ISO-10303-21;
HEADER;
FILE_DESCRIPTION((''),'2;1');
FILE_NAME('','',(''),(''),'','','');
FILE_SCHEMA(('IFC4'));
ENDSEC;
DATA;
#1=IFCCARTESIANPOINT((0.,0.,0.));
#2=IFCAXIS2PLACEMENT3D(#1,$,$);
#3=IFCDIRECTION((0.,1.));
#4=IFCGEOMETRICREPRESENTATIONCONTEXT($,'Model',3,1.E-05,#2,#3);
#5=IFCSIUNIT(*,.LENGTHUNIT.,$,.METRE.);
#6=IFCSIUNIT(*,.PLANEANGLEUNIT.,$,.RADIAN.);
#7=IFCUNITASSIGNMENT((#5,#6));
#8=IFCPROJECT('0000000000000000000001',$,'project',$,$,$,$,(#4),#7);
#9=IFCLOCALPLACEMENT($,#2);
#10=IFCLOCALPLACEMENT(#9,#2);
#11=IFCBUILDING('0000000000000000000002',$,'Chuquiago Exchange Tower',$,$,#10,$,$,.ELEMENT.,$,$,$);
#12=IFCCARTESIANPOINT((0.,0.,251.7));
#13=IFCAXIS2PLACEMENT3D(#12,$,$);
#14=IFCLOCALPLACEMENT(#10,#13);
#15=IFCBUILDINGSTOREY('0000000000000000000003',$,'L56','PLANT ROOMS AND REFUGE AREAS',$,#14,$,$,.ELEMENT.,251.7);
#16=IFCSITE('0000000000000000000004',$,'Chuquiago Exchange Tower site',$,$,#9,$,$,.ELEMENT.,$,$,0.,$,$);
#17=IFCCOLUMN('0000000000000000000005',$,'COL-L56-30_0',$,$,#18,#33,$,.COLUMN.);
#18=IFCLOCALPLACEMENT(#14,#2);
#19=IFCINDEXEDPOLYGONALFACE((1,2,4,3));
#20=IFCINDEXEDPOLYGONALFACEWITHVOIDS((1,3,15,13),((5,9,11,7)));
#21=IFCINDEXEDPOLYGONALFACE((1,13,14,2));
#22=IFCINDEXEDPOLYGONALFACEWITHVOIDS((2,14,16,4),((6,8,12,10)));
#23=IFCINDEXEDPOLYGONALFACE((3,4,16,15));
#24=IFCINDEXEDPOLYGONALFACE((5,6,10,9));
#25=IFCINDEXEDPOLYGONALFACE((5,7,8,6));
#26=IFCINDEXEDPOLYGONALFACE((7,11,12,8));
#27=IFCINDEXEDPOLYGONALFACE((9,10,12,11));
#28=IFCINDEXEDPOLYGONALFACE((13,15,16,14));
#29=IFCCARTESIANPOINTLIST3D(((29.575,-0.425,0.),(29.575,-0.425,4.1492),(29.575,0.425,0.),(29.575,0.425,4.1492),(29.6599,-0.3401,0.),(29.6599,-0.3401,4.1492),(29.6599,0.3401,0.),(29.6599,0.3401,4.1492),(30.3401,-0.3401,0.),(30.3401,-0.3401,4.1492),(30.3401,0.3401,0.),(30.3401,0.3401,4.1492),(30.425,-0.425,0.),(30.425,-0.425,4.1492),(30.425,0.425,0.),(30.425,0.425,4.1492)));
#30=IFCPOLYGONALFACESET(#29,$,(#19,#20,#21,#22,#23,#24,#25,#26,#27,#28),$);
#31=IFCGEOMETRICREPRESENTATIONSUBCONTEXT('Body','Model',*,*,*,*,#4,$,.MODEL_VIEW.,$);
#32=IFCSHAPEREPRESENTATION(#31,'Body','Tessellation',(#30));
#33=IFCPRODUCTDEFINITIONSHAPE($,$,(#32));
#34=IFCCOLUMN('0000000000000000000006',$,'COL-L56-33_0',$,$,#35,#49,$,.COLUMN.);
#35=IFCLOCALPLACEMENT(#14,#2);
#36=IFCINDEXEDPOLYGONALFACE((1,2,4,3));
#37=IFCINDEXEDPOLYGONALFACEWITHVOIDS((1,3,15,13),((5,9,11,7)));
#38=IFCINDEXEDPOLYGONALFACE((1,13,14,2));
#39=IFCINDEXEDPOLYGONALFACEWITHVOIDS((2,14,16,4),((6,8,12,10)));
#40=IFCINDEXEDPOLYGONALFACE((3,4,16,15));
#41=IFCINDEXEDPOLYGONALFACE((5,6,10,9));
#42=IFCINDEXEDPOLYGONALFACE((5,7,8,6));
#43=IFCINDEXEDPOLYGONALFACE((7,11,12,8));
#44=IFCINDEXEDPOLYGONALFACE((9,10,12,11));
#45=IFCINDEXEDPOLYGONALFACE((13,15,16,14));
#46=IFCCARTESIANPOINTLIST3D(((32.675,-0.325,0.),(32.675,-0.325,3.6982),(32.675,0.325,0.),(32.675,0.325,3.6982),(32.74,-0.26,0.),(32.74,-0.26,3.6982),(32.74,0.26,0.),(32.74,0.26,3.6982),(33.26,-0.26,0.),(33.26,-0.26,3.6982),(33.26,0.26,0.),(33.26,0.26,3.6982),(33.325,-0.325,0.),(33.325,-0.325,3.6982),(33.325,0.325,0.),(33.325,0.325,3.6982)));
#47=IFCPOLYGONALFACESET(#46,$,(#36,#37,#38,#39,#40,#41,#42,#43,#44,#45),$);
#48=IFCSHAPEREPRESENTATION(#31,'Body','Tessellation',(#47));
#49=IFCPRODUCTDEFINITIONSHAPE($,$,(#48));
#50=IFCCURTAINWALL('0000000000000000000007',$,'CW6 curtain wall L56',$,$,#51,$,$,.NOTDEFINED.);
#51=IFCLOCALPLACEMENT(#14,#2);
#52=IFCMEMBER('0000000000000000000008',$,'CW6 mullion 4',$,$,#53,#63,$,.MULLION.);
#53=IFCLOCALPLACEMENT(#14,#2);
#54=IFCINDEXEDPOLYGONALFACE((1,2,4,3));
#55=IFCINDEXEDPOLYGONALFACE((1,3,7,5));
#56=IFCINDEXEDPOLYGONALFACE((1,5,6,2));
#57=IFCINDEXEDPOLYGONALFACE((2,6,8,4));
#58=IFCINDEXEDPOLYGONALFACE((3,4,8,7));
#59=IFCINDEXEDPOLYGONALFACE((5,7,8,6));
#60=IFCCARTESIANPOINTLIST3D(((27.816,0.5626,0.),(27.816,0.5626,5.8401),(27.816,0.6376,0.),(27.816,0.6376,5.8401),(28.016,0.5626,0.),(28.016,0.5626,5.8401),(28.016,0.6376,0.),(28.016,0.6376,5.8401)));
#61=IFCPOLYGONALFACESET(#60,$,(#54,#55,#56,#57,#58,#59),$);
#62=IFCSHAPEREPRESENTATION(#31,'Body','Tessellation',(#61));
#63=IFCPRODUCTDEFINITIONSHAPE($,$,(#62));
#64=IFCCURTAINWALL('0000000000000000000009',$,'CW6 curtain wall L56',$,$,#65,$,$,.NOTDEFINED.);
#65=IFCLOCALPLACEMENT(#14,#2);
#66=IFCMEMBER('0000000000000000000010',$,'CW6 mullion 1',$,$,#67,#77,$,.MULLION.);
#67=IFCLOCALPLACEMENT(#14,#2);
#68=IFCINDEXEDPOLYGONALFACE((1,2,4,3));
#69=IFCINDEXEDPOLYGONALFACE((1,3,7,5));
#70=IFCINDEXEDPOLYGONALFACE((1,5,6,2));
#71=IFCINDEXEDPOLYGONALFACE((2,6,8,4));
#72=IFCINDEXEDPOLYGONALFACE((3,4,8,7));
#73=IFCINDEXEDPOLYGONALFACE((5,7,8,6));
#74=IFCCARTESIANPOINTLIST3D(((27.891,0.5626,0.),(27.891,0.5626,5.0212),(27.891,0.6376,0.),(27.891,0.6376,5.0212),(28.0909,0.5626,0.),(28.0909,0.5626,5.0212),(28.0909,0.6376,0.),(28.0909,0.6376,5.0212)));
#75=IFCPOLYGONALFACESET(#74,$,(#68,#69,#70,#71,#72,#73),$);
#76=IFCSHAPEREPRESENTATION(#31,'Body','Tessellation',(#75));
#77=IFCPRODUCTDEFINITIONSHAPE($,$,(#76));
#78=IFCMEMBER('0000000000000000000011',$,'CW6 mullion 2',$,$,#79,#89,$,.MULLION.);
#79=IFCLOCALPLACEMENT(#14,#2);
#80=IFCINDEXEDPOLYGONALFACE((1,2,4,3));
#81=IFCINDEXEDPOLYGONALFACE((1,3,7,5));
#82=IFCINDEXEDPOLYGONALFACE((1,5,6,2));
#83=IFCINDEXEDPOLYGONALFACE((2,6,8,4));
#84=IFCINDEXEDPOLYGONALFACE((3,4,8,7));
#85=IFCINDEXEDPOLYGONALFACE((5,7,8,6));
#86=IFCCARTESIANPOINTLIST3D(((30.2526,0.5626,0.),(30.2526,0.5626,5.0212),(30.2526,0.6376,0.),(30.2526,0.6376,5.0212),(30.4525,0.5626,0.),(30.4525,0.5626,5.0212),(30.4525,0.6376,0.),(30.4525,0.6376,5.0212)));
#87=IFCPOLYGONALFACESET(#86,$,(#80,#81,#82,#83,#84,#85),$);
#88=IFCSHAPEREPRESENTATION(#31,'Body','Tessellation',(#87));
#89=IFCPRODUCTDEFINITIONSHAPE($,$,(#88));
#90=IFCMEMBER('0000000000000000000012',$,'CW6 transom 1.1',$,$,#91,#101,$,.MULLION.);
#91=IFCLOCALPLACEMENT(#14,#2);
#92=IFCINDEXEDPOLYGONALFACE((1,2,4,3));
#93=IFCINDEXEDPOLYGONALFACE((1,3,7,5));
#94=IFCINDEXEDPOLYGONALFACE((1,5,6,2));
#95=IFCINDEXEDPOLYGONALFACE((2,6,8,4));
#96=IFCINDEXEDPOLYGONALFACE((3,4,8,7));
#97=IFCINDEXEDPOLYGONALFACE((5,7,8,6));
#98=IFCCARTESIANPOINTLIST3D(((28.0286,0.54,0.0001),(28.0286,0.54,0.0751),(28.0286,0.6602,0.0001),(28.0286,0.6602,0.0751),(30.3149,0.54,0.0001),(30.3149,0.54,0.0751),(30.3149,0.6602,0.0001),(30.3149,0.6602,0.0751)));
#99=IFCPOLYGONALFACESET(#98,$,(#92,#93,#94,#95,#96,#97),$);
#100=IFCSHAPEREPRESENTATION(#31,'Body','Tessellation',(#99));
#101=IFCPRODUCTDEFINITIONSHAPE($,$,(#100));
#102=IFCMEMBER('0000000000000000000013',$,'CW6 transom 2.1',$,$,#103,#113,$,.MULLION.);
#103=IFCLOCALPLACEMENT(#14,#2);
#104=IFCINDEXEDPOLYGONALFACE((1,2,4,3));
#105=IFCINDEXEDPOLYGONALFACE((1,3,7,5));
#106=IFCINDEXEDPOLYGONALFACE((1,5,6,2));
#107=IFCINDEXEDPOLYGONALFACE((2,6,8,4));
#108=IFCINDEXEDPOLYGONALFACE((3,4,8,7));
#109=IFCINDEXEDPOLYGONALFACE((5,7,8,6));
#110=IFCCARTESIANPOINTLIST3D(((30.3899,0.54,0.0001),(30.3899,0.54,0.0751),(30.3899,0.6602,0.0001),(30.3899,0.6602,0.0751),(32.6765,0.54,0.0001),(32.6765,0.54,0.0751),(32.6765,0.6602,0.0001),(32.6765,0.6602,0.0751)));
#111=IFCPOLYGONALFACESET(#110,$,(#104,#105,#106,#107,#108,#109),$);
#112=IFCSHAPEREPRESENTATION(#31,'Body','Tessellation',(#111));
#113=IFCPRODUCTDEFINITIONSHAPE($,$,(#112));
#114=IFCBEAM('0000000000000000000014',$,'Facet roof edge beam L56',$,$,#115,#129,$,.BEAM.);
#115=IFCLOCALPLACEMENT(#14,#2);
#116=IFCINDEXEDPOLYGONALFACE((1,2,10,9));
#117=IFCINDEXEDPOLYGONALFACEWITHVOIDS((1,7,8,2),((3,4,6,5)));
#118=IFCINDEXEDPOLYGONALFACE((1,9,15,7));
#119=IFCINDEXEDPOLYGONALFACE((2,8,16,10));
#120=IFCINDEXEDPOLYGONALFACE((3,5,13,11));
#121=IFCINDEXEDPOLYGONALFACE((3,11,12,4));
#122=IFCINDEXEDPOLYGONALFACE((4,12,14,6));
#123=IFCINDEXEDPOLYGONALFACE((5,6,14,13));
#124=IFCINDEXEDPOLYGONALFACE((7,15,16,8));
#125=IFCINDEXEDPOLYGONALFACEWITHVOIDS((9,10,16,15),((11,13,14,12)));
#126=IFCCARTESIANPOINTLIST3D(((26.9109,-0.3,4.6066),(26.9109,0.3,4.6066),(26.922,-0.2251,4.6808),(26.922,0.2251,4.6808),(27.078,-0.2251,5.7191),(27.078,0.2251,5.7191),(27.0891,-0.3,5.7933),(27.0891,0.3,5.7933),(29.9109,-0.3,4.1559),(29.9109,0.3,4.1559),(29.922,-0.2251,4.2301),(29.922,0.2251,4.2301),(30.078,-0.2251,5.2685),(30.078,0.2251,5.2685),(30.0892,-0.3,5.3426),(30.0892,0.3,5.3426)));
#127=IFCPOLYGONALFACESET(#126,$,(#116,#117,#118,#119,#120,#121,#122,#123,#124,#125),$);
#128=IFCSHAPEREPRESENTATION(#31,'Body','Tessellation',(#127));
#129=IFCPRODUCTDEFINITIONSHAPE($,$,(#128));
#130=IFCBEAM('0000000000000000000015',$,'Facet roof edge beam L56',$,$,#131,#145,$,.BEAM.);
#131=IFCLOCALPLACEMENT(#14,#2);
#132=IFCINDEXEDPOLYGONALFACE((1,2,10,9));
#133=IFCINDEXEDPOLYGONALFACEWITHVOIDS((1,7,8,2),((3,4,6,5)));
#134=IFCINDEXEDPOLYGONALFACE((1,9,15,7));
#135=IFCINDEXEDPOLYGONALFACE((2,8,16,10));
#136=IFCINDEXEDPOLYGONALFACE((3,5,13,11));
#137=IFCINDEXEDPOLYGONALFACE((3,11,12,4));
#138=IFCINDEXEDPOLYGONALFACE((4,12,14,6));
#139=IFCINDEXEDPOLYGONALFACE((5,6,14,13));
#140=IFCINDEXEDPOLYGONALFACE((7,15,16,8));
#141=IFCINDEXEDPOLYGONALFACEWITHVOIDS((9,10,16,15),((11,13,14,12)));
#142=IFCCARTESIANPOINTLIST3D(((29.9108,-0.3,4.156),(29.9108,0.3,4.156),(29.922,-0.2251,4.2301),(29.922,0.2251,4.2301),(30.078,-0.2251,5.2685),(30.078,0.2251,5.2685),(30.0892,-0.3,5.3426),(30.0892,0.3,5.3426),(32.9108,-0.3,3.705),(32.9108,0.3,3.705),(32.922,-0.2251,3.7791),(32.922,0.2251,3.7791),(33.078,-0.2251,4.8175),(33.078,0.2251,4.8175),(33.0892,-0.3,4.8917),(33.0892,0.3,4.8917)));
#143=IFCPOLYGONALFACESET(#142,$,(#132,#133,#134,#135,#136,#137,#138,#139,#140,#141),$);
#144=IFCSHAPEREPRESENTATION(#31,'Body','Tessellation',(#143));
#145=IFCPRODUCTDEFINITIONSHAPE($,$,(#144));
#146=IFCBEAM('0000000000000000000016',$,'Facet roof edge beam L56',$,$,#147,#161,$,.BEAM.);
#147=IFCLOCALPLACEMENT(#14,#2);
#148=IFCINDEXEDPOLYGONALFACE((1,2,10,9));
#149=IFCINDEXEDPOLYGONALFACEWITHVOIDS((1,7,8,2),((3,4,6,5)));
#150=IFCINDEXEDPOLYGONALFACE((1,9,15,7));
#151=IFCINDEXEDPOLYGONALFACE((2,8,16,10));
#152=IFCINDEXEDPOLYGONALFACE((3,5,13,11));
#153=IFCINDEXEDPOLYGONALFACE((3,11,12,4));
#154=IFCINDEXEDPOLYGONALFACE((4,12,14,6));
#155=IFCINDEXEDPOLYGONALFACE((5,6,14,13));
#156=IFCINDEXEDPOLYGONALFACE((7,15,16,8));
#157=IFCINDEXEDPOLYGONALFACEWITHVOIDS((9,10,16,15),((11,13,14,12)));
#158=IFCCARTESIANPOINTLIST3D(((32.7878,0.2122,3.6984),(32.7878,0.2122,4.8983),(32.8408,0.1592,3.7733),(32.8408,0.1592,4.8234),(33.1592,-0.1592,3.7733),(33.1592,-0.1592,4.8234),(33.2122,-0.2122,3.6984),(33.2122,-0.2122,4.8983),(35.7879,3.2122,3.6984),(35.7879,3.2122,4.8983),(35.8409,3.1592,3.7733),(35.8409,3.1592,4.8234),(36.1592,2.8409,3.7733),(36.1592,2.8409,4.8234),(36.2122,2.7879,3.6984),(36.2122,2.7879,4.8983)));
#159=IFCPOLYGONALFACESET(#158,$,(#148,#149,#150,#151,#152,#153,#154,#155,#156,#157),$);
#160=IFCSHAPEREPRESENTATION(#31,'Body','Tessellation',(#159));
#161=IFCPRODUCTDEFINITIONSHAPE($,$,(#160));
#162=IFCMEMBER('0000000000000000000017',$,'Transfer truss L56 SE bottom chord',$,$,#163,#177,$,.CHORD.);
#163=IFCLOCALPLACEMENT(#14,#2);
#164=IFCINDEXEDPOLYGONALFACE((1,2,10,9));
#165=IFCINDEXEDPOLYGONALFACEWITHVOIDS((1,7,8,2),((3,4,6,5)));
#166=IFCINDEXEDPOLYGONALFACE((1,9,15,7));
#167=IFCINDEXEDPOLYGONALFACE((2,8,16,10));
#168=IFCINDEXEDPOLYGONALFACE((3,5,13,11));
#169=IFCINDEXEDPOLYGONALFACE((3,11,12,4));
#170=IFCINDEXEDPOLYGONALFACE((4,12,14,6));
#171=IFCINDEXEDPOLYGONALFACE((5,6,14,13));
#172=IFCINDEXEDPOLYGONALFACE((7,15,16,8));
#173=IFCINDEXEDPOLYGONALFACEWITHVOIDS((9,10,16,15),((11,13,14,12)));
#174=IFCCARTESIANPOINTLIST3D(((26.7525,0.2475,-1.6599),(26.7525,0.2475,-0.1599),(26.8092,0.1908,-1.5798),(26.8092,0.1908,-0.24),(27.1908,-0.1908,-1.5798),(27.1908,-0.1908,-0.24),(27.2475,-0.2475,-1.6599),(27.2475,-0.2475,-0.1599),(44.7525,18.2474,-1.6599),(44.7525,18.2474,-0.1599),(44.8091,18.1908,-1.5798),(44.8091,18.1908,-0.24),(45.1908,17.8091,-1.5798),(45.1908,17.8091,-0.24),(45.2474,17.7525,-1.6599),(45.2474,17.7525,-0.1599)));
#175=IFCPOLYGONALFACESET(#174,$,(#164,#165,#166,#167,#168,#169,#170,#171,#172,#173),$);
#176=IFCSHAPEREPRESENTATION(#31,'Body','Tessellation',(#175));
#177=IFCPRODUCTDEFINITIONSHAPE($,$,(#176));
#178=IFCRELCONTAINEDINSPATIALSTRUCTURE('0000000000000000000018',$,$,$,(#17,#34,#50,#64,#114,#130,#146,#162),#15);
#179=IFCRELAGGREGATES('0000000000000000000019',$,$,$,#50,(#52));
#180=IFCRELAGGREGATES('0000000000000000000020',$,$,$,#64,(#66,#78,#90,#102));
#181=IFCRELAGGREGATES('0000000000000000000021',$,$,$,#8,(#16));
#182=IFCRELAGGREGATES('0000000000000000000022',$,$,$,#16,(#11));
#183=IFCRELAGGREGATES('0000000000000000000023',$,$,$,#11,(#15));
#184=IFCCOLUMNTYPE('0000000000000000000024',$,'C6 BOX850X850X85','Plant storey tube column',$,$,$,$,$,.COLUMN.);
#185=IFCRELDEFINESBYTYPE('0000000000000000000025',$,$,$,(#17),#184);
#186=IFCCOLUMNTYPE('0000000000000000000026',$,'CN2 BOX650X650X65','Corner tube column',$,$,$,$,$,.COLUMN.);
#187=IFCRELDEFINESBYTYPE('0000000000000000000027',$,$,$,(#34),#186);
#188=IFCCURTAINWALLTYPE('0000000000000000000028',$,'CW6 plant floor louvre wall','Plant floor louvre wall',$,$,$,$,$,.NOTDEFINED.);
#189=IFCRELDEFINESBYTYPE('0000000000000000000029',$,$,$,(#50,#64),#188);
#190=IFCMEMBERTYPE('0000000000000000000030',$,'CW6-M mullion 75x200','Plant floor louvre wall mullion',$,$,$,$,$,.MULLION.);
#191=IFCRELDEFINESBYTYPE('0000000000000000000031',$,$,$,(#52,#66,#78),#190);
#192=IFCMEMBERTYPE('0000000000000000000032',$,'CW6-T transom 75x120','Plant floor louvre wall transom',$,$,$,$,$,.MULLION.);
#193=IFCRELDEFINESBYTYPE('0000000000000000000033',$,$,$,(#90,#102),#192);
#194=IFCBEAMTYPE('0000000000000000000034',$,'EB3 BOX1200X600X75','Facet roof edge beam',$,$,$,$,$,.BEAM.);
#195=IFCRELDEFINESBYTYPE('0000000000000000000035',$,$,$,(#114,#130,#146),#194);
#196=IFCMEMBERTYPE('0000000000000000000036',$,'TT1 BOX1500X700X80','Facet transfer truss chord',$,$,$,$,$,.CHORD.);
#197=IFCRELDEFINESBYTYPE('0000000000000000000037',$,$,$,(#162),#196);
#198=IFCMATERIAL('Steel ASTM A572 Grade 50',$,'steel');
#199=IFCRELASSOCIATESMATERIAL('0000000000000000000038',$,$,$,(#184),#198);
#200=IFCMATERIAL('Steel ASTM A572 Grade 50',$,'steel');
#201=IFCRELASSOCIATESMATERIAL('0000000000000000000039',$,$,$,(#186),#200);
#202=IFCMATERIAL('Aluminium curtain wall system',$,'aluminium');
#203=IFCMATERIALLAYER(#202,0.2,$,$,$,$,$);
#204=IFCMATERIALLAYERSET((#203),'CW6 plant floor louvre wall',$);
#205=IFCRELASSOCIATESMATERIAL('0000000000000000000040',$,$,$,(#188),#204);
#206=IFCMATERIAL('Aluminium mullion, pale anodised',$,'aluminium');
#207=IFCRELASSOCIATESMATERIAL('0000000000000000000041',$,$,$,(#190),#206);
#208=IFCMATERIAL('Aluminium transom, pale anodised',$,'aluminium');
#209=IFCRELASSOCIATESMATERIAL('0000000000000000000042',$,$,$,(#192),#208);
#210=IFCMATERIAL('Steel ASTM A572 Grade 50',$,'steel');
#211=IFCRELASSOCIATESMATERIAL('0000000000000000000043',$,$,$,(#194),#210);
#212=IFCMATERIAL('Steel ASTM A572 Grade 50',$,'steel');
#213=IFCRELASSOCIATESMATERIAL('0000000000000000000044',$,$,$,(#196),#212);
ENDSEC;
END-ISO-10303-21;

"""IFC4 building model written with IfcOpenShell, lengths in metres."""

from ifc_helpers import new_model, si_unit, direction, frame, origin, origin_2d, place, context, subcontext, project, spatial, rectangle, hollow_rectangle, extrude, material, layer, layer_set, material_profile, profile_set, type_object, element, aggregate, save


model = new_model("IFC4")

# Units and contexts
model_context = context("Model", 3, precision=1e-05, world=origin(), true_north=direction((0.0, 1.0)))
body_context = subcontext(model_context, "Body", "Model", "MODEL_VIEW")
ifc_project = project(units=[si_unit("LENGTHUNIT", "METRE"), si_unit("PLANEANGLEUNIT", "RADIAN")], contexts=[model_context])

# Site, building, storey
site_placement = place(None, origin())
site = spatial("IfcSite", under=ifc_project, at=site_placement, Name="Chuquiago Exchange Tower site", CompositionType="ELEMENT", RefElevation=0.0)
building_placement = place(site_placement, origin())
building = spatial("IfcBuilding", under=site, at=building_placement, Name="Chuquiago Exchange Tower", CompositionType="ELEMENT")
storey_placement = place(building_placement, frame((0.0, 0.0, 251.7)))
storey = spatial("IfcBuildingStorey", under=building, at=storey_placement, Name="L56", Description="PLANT ROOMS AND REFUGE AREAS", CompositionType="ELEMENT", Elevation=251.7)

# Columns
ifc_material_1 = material(Name="Steel ASTM A572 Grade 50", Category="steel")
ifc_material_profile_1 = material_profile(ifc_material_1, hollow_rectangle(XDim=0.8501, YDim=0.8501, WallThickness=0.085, at=origin_2d()), Name="BOX850X850X85")
ifc_profile_set_1 = profile_set([ifc_material_profile_1], Name="Steel ASTM A572 Grade 50")
column_type_1 = type_object("IfcColumnType", Name="C6 BOX850X850X85", Description="Plant storey tube column", PredefinedType="COLUMN", material=ifc_profile_set_1)
column_1_placement = place(storey_placement, frame((30.0, 0.0, 0.0), z_axis=(0.0, 0.0, 1.0), x_axis=(0.0, -1.0, 0.0)))
element("IfcColumn", 1, at=column_1_placement, inside=storey, type_object=column_type_1, Name="COL-L56-30_0", PredefinedType="COLUMN", context=body_context, shape_type="SweptSolid", body=[
    extrude(hollow_rectangle(XDim=0.8501, YDim=0.8501, WallThickness=0.085, at=origin_2d()), origin(), (0.0, 0.0, 1.0), 4.1492),
])
ifc_material_2 = material(Name="Steel ASTM A572 Grade 50", Category="steel")
ifc_material_profile_2 = material_profile(ifc_material_2, hollow_rectangle(XDim=0.6499, YDim=0.6499, WallThickness=0.0649, at=origin_2d()), Name="BOX650X650X65")
ifc_profile_set_2 = profile_set([ifc_material_profile_2], Name="Steel ASTM A572 Grade 50")
column_type_2 = type_object("IfcColumnType", Name="CN2 BOX650X650X65", Description="Corner tube column", PredefinedType="COLUMN", material=ifc_profile_set_2)
column_2_placement = place(storey_placement, frame((33.0, 0.0, 0.0), z_axis=(0.0, 0.0, 1.0), x_axis=(0.0, -1.0, 0.0)))
element("IfcColumn", 2, at=column_2_placement, inside=storey, type_object=column_type_2, Name="COL-L56-33_0", PredefinedType="COLUMN", context=body_context, shape_type="SweptSolid", body=[
    extrude(hollow_rectangle(XDim=0.6499, YDim=0.6499, WallThickness=0.0649, at=origin_2d()), origin(), (0.0, 0.0, 1.0), 3.6982),
])

# Curtain wall, member
ifc_material_3 = material(Name="Aluminium curtain wall system", Category="aluminium")
ifc_layer_1 = layer(ifc_material_3, 0.2)
ifc_layer_set_1 = layer_set([ifc_layer_1], Name="CW6 plant floor louvre wall")
curtain_wall_type = type_object("IfcCurtainWallType", Name="CW6 plant floor louvre wall", Description="Plant floor louvre wall", PredefinedType="NOTDEFINED", material=ifc_layer_set_1)
curtain_wall_1_placement = place(storey_placement, origin())
curtain_wall_1 = element("IfcCurtainWall", 3, at=curtain_wall_1_placement, inside=storey, type_object=curtain_wall_type, Name="CW6 curtain wall L56", PredefinedType="NOTDEFINED")
ifc_material_4 = material(Name="Aluminium mullion, pale anodised", Category="aluminium")
ifc_material_profile_3 = material_profile(ifc_material_4, rectangle(XDim=0.075, YDim=0.2, at=origin_2d()), Name="AL 75x200")
ifc_profile_set_3 = profile_set([ifc_material_profile_3], Name="Aluminium mullion, pale anodised")
member_type_1 = type_object("IfcMemberType", Name="CW6-M mullion 75x200", Description="Plant floor louvre wall mullion", PredefinedType="MULLION", material=ifc_profile_set_3)
member_1_placement = place(storey_placement, frame((27.916, 0.6001, 0.0), z_axis=(0.0, 0.0, 1.0), x_axis=(0.0, 1.0, 0.0)))
member_1 = element("IfcMember", 4, at=member_1_placement, type_object=member_type_1, Name="CW6 mullion 4", PredefinedType="MULLION", context=body_context, shape_type="SweptSolid", body=[
    extrude(rectangle(XDim=0.075, YDim=0.2, at=origin_2d()), origin(), (0.0, 0.0, 1.0), 5.8401),
])
aggregate(curtain_wall_1, [member_1])

# Curtain wall, members
curtain_wall_2_placement = place(storey_placement, origin())
curtain_wall_2 = element("IfcCurtainWall", 5, at=curtain_wall_2_placement, inside=storey, type_object=curtain_wall_type, Name="CW6 curtain wall L56", PredefinedType="NOTDEFINED")
member_2_placement = place(storey_placement, frame((27.991, 0.6001, 0.0), z_axis=(0.0, 0.0, 1.0), x_axis=(0.0, 1.0, 0.0)))
member_2 = element("IfcMember", 6, at=member_2_placement, type_object=member_type_1, Name="CW6 mullion 1", PredefinedType="MULLION", context=body_context, shape_type="SweptSolid", body=[
    extrude(rectangle(XDim=0.075, YDim=0.2, at=origin_2d()), origin(), (0.0, 0.0, 1.0), 5.0212),
])
member_3_placement = place(storey_placement, frame((30.3525, 0.6001, 0.0), z_axis=(0.0, 0.0, 1.0), x_axis=(0.0, 1.0, 0.0)))
member_3 = element("IfcMember", 7, at=member_3_placement, type_object=member_type_1, Name="CW6 mullion 2", PredefinedType="MULLION", context=body_context, shape_type="SweptSolid", body=[
    extrude(rectangle(XDim=0.075, YDim=0.2, at=origin_2d()), origin(), (0.0, 0.0, 1.0), 5.0212),
])
ifc_material_5 = material(Name="Aluminium transom, pale anodised", Category="aluminium")
ifc_material_profile_4 = material_profile(ifc_material_5, rectangle(XDim=0.1201, YDim=0.075, at=origin_2d()), Name="AL 120x75")
ifc_profile_set_4 = profile_set([ifc_material_profile_4], Name="Aluminium transom, pale anodised")
member_type_2 = type_object("IfcMemberType", Name="CW6-T transom 75x120", Description="Plant floor louvre wall transom", PredefinedType="MULLION", material=ifc_profile_set_4)
member_4_placement = place(storey_placement, frame((28.0286, 0.6001, 0.0376), z_axis=(1.0, 0.0, 0.0), x_axis=(0.0, 1.0, 0.0)))
member_4 = element("IfcMember", 8, at=member_4_placement, type_object=member_type_2, Name="CW6 transom 1.1", PredefinedType="MULLION", context=body_context, shape_type="SweptSolid", body=[
    extrude(rectangle(XDim=0.1201, YDim=0.075, at=origin_2d()), origin(), (0.0, 0.0, 1.0), 2.2864),
])
member_5_placement = place(storey_placement, frame((30.3899, 0.6001, 0.0376), z_axis=(1.0, 0.0, 0.0), x_axis=(0.0, 1.0, 0.0)))
member_5 = element("IfcMember", 9, at=member_5_placement, type_object=member_type_2, Name="CW6 transom 2.1", PredefinedType="MULLION", context=body_context, shape_type="SweptSolid", body=[
    extrude(rectangle(XDim=0.1201, YDim=0.075, at=origin_2d()), origin(), (0.0, 0.0, 1.0), 2.2866),
])

# Beams
ifc_material_6 = material(Name="Steel ASTM A572 Grade 50", Category="steel")
ifc_material_profile_5 = material_profile(ifc_material_6, hollow_rectangle(XDim=0.6001, YDim=1.2, WallThickness=0.075, at=origin_2d()), Name="BOX1200X600X75")
ifc_profile_set_5 = profile_set([ifc_material_profile_5], Name="Steel ASTM A572 Grade 50")
beam_type = type_object("IfcBeamType", Name="EB3 BOX1200X600X75", Description="Facet roof edge beam", PredefinedType="BEAM", material=ifc_profile_set_5)
for number, where, z_axis, x_axis, name in (
    (10, (27.0, 0.0, 5.2), (0.988903, 0.0, -0.148561), (0.0, 1.0, 0.0), "Facet roof edge beam L56"),
    (11, (30.0, 0.0, 4.7493), (0.988891, 0.0, -0.14864), (0.0, 1.0, 0.0), "Facet roof edge beam L56"),
):
    element("IfcBeam", number, at=place(storey_placement, frame(where, z_axis=z_axis, x_axis=x_axis)), inside=storey, type_object=beam_type, Name=name, PredefinedType="BEAM", context=body_context, shape_type="SweptSolid", body=[
        extrude(hollow_rectangle(XDim=0.6001, YDim=1.2, WallThickness=0.075, at=origin_2d()), origin(), (0.0, 0.0, 1.0), 3.0337),
    ])
beam_placement = place(storey_placement, frame((33.0, 0.0, 4.2983), z_axis=(0.707107, 0.707107, 0.0), x_axis=(-0.707107, 0.707107, 0.0)))
element("IfcBeam", 12, at=beam_placement, inside=storey, type_object=beam_type, Name="Facet roof edge beam L56", PredefinedType="BEAM", context=body_context, shape_type="SweptSolid", body=[
    extrude(hollow_rectangle(XDim=0.6001, YDim=1.2, WallThickness=0.075, at=origin_2d()), origin(), (0.0, 0.0, 1.0), 4.2427),
])

# Member
ifc_material_7 = material(Name="Steel ASTM A572 Grade 50", Category="steel")
ifc_material_profile_6 = material_profile(ifc_material_7, hollow_rectangle(XDim=0.7, YDim=1.5, WallThickness=0.0801, at=origin_2d()), Name="BOX1500X700X80")
ifc_profile_set_6 = profile_set([ifc_material_profile_6], Name="Steel ASTM A572 Grade 50")
member_type_3 = type_object("IfcMemberType", Name="TT1 BOX1500X700X80", Description="Facet transfer truss chord", PredefinedType="CHORD", material=ifc_profile_set_6)
member_6_placement = place(storey_placement, frame((27.0, 0.0, -0.9099), z_axis=(0.707107, 0.707107, 0.0), x_axis=(-0.707107, 0.707107, 0.0)))
element("IfcMember", 13, at=member_6_placement, inside=storey, type_object=member_type_3, Name="Transfer truss L56 SE bottom chord", PredefinedType="CHORD", context=body_context, shape_type="SweptSolid", body=[
    extrude(hollow_rectangle(XDim=0.7, YDim=1.5, WallThickness=0.0801, at=origin_2d()), origin(), (0.0, 0.0, 1.0), 25.4558),
])

aggregate(curtain_wall_2, [member_2, member_3, member_4, member_5])

save(model, "model.ifc")
